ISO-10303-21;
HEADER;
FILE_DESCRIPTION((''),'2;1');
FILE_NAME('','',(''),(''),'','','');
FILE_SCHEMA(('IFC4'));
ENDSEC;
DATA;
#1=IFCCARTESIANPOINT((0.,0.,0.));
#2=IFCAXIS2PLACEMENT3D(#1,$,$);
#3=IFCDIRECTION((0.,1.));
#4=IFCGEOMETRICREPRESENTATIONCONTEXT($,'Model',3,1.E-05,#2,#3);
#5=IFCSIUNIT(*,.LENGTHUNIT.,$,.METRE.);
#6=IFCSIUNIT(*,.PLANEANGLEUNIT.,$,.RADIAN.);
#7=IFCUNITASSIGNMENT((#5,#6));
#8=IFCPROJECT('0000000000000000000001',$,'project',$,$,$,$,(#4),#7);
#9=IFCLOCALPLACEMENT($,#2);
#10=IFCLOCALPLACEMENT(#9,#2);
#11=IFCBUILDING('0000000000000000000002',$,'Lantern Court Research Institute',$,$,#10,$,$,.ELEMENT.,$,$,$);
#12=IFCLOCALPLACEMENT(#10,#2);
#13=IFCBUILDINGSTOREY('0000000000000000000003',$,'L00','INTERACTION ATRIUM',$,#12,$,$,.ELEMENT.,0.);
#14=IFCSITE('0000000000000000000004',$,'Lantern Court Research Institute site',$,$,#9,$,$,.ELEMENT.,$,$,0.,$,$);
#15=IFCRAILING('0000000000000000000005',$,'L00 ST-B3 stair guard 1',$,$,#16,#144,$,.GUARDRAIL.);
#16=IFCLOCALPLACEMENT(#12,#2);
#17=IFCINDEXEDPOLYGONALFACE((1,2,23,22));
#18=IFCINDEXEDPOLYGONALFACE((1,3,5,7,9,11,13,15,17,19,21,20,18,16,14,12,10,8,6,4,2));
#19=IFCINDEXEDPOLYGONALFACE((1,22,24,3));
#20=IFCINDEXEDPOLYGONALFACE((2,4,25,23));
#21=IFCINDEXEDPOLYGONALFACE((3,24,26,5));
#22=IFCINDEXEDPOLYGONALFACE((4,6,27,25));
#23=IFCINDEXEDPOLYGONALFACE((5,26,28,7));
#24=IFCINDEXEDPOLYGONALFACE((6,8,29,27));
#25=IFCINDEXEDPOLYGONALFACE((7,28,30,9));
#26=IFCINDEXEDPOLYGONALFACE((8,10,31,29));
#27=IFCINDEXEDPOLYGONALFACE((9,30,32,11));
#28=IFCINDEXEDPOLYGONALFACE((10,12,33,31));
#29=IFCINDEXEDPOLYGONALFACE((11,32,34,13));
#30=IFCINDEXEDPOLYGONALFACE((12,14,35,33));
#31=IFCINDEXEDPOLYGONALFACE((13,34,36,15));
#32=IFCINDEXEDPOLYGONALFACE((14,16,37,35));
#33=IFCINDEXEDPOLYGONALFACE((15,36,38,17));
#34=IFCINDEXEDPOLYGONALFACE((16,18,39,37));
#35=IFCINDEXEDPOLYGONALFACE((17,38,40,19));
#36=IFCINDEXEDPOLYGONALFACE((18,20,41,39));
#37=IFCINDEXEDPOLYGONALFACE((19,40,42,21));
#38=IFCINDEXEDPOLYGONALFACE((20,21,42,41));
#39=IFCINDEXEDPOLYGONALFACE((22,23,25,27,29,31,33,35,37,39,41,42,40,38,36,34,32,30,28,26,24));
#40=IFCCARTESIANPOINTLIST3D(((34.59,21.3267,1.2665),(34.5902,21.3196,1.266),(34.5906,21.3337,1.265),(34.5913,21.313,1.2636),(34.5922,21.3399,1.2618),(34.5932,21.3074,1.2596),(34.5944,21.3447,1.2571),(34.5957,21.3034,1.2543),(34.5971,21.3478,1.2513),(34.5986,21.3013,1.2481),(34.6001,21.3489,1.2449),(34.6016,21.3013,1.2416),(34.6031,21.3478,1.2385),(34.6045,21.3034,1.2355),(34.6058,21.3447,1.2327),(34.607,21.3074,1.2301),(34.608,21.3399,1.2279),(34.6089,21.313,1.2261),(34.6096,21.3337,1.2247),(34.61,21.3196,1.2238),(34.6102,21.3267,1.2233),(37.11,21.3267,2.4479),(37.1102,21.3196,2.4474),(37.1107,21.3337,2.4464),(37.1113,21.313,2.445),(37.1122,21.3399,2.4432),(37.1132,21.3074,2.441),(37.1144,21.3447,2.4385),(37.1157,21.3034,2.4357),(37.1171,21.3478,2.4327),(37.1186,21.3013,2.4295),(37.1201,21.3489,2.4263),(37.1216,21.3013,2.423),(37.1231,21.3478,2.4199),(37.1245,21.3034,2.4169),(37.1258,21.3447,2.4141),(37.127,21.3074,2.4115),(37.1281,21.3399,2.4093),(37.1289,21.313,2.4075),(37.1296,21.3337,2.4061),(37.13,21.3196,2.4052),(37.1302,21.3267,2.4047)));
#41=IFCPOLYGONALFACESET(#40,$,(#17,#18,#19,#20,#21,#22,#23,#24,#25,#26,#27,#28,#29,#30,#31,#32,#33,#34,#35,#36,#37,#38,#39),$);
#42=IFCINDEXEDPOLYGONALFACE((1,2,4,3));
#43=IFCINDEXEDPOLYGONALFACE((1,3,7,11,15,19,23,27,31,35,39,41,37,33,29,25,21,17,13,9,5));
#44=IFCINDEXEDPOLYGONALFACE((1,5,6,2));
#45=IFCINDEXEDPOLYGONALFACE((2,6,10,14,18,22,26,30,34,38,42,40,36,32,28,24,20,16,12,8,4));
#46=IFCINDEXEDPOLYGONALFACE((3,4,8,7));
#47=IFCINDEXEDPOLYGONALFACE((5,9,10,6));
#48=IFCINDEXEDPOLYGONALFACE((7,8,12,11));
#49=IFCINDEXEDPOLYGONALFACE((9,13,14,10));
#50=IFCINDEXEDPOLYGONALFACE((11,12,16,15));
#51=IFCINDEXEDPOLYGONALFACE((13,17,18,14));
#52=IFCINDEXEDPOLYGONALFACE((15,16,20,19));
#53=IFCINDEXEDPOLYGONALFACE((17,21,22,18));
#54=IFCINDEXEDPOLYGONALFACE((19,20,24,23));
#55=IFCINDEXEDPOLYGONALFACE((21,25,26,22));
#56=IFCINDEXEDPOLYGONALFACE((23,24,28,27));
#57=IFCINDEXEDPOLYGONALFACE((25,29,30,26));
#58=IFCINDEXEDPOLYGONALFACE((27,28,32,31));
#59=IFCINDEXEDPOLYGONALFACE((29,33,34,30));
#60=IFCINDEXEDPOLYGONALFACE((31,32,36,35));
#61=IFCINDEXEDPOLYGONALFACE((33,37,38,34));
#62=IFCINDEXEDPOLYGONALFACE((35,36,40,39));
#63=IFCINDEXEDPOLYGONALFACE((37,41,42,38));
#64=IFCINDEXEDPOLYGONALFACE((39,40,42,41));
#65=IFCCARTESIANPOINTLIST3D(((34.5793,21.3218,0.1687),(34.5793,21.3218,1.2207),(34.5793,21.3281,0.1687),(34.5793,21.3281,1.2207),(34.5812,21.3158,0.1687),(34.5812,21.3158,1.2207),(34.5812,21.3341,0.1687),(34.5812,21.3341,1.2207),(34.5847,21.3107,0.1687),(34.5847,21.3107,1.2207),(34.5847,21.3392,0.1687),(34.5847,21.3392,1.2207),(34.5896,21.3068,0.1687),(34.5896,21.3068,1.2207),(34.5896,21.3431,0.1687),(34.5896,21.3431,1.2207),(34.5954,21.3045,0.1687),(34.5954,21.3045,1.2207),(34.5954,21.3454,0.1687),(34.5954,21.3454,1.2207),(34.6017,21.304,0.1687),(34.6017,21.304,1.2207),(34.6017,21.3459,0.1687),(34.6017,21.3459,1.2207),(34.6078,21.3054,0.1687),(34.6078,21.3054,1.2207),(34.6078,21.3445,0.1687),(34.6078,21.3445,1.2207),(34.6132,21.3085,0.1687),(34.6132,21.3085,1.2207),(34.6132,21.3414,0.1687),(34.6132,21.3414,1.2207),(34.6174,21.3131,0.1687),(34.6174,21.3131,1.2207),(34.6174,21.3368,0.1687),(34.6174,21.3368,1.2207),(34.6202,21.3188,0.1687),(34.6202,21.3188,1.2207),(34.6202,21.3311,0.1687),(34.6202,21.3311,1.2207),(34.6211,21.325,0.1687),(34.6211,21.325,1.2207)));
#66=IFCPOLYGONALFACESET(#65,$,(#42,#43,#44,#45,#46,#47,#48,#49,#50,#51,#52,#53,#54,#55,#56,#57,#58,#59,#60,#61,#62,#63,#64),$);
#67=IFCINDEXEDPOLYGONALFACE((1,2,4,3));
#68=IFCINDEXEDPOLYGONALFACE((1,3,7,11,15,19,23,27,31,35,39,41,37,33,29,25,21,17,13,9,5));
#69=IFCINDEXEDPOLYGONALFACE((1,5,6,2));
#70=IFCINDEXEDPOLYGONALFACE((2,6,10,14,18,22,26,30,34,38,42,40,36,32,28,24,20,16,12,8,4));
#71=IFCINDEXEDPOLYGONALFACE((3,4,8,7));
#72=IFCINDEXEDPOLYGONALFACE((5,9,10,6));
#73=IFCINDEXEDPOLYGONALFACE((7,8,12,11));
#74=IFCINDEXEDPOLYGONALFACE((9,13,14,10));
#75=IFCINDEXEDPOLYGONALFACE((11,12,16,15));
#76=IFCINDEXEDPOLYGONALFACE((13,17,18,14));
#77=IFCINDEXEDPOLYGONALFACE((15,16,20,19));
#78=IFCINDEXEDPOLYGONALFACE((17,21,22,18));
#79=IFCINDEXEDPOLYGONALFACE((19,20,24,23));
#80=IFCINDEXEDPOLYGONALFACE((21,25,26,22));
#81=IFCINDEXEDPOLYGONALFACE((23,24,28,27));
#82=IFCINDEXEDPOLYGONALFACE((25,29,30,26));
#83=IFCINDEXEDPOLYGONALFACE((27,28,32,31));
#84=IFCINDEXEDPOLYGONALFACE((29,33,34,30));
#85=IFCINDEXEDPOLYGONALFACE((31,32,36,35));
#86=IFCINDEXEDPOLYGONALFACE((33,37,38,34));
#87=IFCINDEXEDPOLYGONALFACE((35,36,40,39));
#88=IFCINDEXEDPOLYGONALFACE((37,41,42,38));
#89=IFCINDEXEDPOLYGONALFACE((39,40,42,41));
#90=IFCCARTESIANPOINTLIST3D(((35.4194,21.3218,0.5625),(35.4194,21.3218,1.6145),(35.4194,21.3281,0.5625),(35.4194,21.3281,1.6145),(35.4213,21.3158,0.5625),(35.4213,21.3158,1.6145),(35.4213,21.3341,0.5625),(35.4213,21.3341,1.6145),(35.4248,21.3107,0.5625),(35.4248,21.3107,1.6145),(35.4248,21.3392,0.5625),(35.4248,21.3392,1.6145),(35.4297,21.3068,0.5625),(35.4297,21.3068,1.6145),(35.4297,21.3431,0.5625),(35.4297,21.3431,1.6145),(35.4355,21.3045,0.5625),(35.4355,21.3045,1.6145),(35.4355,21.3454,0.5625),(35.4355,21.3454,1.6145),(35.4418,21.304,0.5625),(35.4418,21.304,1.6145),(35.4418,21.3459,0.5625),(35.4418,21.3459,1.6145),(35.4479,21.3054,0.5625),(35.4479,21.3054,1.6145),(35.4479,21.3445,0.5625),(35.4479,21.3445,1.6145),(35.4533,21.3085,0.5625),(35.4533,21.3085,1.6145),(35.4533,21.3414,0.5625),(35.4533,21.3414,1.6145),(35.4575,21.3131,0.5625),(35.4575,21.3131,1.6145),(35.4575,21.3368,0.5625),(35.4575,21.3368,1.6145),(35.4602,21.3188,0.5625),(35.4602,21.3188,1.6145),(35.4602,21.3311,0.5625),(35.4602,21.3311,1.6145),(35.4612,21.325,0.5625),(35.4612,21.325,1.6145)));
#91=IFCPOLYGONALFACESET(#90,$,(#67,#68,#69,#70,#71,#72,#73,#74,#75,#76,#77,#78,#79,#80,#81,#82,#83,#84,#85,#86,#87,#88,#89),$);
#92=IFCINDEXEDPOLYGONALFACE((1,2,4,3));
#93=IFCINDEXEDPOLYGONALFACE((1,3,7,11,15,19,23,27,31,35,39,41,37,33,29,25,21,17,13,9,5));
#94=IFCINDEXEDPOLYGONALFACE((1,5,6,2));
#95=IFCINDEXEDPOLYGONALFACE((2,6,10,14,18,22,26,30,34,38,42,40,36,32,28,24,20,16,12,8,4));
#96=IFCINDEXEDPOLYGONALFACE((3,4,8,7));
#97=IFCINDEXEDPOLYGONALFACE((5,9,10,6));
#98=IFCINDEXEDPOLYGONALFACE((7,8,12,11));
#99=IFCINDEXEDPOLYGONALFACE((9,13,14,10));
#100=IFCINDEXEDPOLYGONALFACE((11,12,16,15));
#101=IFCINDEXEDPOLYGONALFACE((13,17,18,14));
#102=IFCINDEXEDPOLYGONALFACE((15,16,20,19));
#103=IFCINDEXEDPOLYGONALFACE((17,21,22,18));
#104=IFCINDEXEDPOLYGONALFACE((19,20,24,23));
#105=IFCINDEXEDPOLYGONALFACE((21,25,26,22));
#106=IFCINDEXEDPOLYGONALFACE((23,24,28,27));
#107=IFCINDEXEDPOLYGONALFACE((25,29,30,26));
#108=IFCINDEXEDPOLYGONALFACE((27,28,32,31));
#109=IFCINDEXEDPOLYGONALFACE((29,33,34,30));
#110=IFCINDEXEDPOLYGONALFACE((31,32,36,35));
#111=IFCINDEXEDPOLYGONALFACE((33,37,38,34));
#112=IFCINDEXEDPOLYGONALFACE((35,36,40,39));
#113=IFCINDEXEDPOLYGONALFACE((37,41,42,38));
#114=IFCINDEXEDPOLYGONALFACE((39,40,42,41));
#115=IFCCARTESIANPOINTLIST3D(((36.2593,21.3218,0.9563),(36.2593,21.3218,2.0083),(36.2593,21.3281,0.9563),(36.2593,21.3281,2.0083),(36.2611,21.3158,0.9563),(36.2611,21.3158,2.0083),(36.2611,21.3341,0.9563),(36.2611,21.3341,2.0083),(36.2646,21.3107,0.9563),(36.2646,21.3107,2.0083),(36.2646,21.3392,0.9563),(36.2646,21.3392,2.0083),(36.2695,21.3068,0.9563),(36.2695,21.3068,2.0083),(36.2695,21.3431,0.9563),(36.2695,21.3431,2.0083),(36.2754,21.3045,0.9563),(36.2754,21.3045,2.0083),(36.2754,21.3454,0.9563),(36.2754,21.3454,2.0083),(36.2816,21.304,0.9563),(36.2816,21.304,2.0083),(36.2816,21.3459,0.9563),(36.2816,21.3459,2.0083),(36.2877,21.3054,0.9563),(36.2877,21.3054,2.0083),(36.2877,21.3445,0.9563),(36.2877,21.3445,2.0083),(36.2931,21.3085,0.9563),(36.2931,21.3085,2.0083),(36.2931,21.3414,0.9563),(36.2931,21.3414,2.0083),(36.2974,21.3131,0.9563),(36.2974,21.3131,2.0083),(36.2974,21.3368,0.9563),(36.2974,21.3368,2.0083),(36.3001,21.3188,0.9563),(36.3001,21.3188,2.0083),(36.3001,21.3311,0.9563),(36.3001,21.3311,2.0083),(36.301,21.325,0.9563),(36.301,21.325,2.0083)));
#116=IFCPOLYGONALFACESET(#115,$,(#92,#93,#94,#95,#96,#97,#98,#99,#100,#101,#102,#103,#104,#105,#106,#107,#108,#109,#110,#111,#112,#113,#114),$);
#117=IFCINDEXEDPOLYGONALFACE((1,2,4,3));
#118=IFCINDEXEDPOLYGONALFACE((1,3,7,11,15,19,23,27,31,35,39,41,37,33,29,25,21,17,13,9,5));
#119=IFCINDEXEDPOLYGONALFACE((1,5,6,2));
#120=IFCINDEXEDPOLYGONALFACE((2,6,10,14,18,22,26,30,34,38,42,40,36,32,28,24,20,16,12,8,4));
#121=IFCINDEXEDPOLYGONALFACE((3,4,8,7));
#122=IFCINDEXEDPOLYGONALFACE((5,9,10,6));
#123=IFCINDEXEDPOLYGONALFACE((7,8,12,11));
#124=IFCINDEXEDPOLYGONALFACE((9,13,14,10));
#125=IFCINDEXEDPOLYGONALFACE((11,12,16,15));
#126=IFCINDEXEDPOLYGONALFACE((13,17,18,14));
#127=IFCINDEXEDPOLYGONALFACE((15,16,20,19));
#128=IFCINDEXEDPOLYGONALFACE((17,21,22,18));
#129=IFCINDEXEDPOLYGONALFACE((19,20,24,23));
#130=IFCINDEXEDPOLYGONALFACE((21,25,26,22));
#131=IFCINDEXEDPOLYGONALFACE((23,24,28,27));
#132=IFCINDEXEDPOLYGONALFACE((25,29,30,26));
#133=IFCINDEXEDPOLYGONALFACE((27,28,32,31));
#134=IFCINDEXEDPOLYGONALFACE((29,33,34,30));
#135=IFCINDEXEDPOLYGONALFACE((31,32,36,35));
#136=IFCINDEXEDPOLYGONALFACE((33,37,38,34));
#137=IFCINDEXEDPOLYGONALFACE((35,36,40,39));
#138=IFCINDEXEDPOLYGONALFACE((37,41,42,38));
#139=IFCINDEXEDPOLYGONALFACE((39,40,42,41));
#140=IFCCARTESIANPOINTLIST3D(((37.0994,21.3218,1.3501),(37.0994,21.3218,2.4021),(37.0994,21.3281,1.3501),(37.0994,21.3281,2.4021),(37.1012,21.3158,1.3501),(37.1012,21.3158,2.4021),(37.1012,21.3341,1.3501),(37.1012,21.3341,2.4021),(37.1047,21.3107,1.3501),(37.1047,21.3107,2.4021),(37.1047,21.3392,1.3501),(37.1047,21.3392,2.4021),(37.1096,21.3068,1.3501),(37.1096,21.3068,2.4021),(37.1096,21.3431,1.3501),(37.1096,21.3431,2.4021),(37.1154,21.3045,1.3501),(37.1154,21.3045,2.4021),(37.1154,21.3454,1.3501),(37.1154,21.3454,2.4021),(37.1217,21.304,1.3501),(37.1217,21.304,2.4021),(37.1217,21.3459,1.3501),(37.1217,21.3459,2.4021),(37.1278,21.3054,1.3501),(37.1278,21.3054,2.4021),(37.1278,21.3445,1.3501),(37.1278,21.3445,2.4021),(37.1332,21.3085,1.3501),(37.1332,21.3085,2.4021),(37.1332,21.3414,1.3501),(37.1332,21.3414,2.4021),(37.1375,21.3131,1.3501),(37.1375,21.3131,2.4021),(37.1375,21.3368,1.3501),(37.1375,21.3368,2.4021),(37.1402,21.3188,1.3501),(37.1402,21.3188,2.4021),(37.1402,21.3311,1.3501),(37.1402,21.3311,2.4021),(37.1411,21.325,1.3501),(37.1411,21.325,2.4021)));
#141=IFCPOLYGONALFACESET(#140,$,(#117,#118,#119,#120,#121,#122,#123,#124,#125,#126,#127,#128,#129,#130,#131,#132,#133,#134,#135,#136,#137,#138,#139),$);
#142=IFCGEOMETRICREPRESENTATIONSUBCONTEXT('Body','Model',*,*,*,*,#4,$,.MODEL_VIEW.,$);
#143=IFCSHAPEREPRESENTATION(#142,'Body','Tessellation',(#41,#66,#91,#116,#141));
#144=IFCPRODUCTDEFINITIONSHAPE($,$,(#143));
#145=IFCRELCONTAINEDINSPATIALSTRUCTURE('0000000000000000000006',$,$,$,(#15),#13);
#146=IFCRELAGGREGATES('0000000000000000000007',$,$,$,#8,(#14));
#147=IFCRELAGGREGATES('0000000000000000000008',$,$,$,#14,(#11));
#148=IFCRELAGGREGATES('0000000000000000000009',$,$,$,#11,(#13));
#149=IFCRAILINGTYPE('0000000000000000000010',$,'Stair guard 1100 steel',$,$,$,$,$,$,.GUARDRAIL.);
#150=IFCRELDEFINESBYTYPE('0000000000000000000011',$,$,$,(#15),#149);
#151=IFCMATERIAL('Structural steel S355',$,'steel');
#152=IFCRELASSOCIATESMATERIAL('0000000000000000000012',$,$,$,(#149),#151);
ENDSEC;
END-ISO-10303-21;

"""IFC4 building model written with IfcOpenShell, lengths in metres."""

from ifc_helpers import new_model, si_unit, direction, frame, origin, origin_2d, place, context, subcontext, project, spatial, circle, extrude, material, type_object, element, save


model = new_model("IFC4")

# Units and contexts
model_context = context("Model", 3, precision=1e-05, world=origin(), true_north=direction((0.0, 1.0)))
body_context = subcontext(model_context, "Body", "Model", "MODEL_VIEW")
ifc_project = project(units=[si_unit("LENGTHUNIT", "METRE"), si_unit("PLANEANGLEUNIT", "RADIAN")], contexts=[model_context])

# Site, building, storey
site_placement = place(None, origin())
site = spatial("IfcSite", under=ifc_project, at=site_placement, Name="Lantern Court Research Institute site", CompositionType="ELEMENT", RefElevation=0.0)
building_placement = place(site_placement, origin())
building = spatial("IfcBuilding", under=site, at=building_placement, Name="Lantern Court Research Institute", CompositionType="ELEMENT")
storey_placement = place(building_placement, origin())
storey = spatial("IfcBuildingStorey", under=building, at=storey_placement, Name="L00", Description="INTERACTION ATRIUM", CompositionType="ELEMENT", Elevation=0.0)

# Railing
ifc_material_1 = material(Name="Structural steel S355", Category="steel")
railing_type_1 = type_object("IfcRailingType", Name="Stair guard 1100 steel", PredefinedType="GUARDRAIL", material=ifc_material_1)
railing_1_placement = place(storey_placement, frame((34.6001, 21.325, 0.1687)))
element("IfcRailing", 1, at=railing_1_placement, inside=storey, type_object=railing_type_1, Name="L00 ST-B3 stair guard 1", PredefinedType="GUARDRAIL", context=body_context, shape_type="SweptSolid", body=[
    extrude(circle(Radius=0.0239, at=origin_2d()), frame((0.0, 0.0, 1.0762), z_axis=(0.90544, 0.0, 0.424474), x_axis=(0.0, 1.0, 0.0)), (0.0, 0.0, 1.0), 2.7832),
    extrude(circle(Radius=0.021, at=origin_2d()), origin(), (0.0, 0.0, 1.0), 1.052),
    extrude(circle(Radius=0.021, at=origin_2d()), frame((0.8401, 0.0, 0.3938)), (0.0, 0.0, 1.0), 1.052),
    extrude(circle(Radius=0.021, at=origin_2d()), frame((1.6799, 0.0, 0.7876)), (0.0, 0.0, 1.0), 1.052),
    extrude(circle(Radius=0.021, at=origin_2d()), frame((2.52, 0.0, 1.1814)), (0.0, 0.0, 1.0), 1.052),
])

save(model, "model.ifc")
